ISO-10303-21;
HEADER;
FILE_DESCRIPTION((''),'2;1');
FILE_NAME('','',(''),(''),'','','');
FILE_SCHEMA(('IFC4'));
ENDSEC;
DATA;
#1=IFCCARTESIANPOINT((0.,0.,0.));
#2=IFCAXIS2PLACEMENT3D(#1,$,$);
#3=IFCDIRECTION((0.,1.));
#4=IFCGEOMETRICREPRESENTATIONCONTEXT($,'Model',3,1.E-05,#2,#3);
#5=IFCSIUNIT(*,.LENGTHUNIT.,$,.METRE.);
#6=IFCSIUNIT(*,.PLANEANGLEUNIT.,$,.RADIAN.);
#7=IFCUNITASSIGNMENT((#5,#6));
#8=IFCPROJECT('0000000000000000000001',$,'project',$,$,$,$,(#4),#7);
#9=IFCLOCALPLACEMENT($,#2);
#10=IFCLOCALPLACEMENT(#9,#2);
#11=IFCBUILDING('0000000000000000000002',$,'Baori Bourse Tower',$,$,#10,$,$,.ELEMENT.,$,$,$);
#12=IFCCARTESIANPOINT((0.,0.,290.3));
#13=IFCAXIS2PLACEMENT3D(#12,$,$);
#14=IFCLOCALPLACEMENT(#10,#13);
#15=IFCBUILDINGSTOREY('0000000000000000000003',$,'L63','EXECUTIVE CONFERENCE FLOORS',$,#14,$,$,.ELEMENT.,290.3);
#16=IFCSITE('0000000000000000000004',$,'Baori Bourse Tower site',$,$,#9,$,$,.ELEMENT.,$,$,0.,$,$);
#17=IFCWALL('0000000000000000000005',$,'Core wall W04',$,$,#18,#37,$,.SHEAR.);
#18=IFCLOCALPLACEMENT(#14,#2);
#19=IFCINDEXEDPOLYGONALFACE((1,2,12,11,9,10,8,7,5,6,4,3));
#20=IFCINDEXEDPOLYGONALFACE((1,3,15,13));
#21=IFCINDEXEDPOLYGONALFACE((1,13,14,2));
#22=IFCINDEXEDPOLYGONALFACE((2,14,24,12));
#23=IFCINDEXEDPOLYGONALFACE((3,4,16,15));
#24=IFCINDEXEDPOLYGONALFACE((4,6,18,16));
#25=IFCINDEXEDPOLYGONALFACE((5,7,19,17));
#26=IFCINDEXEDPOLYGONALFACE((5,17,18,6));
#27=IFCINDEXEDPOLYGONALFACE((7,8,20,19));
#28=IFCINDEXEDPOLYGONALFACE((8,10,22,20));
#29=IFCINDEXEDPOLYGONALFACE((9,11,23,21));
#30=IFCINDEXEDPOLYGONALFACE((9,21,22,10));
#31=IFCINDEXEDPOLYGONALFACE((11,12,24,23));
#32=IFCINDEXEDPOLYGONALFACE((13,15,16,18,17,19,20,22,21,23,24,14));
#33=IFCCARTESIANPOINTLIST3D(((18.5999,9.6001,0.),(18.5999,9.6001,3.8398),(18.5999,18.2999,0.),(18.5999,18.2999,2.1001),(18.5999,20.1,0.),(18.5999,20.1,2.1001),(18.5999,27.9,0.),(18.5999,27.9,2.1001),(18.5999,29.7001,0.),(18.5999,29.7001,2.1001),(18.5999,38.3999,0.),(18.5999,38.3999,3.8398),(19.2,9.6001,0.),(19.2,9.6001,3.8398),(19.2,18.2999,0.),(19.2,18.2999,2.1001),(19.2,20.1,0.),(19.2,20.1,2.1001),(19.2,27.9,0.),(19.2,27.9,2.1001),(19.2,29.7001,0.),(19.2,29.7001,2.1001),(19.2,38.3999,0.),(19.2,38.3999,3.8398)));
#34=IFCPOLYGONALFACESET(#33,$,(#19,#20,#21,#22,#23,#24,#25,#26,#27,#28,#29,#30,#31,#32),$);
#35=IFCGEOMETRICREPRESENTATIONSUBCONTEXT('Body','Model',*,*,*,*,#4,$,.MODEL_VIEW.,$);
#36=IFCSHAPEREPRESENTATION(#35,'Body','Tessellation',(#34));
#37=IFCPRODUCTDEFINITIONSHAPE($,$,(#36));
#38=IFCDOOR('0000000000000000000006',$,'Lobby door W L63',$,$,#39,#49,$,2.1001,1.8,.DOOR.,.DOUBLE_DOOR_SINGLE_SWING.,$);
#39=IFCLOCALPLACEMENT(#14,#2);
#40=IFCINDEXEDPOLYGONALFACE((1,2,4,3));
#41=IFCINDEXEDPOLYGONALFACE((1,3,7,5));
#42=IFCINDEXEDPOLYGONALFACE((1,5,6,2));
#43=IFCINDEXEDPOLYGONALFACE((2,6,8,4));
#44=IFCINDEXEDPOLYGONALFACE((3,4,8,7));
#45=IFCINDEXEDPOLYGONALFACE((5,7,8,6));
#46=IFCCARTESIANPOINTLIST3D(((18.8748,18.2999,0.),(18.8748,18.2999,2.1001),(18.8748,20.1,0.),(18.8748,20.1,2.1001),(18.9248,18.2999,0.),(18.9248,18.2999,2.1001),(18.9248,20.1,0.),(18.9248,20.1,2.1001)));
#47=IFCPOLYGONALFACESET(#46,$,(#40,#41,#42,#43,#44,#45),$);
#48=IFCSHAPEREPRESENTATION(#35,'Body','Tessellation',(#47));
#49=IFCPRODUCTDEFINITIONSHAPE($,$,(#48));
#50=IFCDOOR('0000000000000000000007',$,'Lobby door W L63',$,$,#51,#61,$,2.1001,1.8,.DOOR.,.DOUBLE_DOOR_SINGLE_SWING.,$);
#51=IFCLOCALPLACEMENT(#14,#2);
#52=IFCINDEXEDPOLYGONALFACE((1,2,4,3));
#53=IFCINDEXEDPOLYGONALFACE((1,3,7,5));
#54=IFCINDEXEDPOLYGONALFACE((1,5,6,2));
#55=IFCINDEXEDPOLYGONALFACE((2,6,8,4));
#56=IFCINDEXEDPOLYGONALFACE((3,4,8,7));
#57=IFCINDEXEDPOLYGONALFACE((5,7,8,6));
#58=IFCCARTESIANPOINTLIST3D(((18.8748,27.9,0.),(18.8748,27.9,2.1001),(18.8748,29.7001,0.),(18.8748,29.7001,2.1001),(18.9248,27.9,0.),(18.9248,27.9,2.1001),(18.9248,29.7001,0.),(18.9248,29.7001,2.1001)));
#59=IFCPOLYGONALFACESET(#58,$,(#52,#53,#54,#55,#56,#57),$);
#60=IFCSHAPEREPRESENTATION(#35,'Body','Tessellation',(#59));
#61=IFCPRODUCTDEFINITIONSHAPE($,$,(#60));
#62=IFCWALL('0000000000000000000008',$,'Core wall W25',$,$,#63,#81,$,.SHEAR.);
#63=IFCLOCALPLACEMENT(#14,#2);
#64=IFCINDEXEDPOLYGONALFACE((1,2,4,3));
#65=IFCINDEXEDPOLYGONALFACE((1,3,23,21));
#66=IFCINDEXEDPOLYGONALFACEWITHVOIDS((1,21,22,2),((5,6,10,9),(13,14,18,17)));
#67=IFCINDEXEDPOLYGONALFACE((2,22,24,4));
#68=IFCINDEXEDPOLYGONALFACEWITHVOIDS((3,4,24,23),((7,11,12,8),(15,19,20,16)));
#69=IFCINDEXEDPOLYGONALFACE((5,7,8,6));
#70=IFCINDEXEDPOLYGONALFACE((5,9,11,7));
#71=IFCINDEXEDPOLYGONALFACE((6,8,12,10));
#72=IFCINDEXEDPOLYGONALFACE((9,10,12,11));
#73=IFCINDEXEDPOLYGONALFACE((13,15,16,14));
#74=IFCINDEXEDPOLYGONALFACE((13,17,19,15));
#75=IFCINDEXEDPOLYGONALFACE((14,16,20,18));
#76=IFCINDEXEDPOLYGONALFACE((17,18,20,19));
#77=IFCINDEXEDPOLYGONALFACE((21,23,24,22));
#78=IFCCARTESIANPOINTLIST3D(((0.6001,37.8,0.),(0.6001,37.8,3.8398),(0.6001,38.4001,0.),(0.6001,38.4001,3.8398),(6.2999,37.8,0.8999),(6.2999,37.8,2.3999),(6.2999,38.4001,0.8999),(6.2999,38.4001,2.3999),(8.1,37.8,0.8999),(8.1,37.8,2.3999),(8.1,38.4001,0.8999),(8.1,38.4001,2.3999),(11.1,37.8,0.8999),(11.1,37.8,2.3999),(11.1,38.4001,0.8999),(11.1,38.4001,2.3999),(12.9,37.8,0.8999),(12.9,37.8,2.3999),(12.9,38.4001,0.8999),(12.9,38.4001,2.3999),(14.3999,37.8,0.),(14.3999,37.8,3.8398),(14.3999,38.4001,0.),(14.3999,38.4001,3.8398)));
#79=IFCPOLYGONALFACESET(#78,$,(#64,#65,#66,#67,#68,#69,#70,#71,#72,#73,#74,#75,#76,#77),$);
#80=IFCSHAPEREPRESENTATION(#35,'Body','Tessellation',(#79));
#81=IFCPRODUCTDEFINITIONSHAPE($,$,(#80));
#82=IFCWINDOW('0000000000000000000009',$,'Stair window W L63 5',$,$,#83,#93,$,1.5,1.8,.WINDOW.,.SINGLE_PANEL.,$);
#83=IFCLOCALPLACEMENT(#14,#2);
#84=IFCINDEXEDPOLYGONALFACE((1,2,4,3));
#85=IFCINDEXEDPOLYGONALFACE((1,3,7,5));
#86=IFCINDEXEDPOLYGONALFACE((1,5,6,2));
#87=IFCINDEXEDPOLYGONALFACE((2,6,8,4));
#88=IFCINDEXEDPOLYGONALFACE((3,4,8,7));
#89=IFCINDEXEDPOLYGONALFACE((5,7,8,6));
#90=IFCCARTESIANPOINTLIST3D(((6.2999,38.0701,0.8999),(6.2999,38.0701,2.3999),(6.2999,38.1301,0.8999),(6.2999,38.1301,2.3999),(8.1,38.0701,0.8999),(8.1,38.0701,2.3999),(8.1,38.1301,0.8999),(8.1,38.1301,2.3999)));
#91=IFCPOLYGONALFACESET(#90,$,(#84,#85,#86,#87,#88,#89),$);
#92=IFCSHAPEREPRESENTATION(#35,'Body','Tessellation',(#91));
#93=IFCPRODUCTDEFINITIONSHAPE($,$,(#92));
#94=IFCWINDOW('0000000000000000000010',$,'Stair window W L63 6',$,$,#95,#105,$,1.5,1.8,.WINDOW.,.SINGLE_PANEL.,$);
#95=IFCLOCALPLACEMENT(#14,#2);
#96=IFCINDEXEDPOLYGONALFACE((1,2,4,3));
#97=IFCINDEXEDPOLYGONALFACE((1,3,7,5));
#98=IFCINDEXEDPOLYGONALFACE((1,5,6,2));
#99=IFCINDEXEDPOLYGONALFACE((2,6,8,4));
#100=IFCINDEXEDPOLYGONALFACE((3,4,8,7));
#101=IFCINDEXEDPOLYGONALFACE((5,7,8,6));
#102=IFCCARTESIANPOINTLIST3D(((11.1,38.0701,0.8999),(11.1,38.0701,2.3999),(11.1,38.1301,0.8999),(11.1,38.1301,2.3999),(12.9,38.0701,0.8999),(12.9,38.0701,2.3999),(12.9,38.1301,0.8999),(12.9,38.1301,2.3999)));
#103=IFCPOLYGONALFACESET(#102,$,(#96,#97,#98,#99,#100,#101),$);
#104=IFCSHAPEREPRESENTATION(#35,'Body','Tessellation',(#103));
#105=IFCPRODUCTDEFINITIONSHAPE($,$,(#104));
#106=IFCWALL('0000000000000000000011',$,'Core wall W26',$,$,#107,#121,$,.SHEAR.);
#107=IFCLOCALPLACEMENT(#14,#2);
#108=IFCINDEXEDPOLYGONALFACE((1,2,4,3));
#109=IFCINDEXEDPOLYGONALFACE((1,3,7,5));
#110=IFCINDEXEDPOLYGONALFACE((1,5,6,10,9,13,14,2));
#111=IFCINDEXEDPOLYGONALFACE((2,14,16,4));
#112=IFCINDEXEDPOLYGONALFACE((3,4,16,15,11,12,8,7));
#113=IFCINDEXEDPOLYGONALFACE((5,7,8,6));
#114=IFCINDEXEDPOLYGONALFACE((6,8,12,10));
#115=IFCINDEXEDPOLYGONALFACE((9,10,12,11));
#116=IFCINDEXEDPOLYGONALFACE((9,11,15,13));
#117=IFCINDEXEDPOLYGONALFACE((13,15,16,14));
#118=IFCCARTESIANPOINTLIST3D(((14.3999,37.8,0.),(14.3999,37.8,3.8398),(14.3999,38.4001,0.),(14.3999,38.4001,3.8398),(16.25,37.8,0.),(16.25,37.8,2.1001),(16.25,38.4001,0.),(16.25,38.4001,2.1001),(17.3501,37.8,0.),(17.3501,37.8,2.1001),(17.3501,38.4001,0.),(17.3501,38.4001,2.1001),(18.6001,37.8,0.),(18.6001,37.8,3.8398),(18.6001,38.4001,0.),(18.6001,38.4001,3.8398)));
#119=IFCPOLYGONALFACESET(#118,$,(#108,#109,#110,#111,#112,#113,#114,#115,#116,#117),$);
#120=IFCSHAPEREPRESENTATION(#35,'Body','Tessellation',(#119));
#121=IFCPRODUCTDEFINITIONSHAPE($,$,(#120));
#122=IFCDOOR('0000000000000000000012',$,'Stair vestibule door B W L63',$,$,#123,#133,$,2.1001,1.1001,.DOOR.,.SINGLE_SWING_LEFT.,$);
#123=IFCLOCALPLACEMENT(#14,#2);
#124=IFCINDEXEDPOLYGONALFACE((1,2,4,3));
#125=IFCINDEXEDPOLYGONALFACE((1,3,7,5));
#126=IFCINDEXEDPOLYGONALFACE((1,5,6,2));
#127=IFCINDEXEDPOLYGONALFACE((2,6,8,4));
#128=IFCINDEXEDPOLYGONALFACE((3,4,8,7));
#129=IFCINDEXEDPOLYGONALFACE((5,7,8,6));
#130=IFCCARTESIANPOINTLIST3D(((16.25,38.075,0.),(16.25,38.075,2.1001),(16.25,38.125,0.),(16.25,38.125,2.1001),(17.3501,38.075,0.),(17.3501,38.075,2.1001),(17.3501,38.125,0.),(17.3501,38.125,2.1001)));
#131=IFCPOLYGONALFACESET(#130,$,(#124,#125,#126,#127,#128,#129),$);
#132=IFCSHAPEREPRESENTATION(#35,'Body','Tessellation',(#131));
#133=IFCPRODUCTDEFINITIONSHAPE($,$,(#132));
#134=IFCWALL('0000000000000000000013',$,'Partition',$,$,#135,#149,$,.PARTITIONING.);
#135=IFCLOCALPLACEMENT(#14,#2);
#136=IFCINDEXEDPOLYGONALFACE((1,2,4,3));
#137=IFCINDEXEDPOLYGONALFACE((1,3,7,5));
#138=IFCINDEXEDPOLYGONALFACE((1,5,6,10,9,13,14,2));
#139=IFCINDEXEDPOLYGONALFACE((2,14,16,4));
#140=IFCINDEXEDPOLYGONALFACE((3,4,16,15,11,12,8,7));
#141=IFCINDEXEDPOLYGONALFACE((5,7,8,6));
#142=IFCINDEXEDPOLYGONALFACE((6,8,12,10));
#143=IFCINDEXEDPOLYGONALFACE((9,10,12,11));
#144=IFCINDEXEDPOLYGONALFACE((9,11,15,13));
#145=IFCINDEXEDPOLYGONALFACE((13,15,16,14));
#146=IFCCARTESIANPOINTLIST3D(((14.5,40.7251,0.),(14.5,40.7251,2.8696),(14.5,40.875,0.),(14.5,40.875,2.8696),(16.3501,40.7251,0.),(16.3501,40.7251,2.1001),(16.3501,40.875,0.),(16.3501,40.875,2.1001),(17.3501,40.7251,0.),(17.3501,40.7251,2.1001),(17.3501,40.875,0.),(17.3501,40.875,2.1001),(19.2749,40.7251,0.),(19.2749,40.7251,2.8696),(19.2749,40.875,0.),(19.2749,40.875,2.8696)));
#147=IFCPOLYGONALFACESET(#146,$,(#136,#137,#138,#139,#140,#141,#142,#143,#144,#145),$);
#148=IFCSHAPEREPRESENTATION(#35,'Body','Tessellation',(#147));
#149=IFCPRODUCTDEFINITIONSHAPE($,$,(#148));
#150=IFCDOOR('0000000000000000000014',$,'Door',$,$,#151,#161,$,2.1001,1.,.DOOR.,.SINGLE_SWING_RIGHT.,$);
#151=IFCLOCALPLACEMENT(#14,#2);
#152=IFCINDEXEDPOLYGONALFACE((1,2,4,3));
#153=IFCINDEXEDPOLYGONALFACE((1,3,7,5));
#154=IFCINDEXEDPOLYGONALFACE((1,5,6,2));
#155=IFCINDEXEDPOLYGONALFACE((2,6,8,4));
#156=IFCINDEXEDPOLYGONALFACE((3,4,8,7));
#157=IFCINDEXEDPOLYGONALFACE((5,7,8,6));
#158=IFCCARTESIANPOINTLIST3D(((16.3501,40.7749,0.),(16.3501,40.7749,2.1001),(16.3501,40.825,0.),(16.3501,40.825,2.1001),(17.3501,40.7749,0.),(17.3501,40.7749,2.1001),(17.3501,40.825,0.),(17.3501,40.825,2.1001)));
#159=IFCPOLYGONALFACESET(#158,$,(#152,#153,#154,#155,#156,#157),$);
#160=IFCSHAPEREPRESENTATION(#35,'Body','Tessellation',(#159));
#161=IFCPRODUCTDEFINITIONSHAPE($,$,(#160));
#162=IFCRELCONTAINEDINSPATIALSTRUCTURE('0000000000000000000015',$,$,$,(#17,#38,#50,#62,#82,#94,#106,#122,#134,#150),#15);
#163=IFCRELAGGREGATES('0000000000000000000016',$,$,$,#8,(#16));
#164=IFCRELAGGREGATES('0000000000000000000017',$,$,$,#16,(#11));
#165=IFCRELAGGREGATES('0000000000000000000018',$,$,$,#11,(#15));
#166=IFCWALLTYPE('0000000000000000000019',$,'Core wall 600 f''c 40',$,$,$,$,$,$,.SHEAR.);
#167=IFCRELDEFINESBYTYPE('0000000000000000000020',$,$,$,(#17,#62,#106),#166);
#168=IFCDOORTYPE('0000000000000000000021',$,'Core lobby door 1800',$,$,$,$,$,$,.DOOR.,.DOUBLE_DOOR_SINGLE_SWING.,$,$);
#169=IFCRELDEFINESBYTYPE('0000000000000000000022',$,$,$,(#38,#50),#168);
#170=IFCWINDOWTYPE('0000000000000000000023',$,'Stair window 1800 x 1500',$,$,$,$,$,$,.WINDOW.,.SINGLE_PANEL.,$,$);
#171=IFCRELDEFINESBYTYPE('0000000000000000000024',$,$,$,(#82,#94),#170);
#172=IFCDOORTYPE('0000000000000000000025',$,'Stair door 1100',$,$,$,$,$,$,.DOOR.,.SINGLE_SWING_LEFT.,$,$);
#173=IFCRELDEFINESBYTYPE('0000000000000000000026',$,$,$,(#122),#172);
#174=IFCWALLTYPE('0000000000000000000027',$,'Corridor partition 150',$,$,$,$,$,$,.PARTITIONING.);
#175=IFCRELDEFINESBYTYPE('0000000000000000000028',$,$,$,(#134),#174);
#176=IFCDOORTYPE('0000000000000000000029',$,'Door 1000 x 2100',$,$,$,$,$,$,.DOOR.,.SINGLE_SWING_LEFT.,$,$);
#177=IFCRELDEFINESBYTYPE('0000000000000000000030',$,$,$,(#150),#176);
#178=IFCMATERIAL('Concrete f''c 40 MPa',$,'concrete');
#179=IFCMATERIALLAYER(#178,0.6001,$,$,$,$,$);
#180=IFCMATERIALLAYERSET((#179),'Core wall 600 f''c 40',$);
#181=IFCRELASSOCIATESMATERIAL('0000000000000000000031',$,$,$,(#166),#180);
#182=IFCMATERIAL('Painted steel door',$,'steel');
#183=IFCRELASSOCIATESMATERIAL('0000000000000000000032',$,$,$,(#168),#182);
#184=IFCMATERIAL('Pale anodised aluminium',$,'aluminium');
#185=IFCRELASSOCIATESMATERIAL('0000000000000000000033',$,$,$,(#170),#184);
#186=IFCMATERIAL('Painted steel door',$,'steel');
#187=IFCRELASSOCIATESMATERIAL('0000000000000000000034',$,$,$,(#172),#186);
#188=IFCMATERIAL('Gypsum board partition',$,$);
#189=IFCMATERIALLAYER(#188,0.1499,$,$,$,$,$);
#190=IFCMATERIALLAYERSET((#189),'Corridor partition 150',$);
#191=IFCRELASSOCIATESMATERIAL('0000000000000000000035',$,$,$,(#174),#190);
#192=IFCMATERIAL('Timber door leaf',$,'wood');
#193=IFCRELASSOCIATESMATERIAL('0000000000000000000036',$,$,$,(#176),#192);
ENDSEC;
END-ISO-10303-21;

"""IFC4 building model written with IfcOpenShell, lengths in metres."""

from ifc_helpers import new_model, si_unit, direction, frame, frame_2d, origin, place, context, subcontext, project, spatial, rectangle, extrude, material, layer, layer_set, type_object, element, fill, save


model = new_model("IFC4")

# Units and contexts
model_context = context("Model", 3, precision=1e-05, world=origin(), true_north=direction((0.0, 1.0)))
body_context = subcontext(model_context, "Body", "Model", "MODEL_VIEW")
ifc_project = project(units=[si_unit("LENGTHUNIT", "METRE"), si_unit("PLANEANGLEUNIT", "RADIAN")], contexts=[model_context])

# Site, building, storey
site_placement = place(None, origin())
site = spatial("IfcSite", under=ifc_project, at=site_placement, Name="Baori Bourse Tower site", CompositionType="ELEMENT", RefElevation=0.0)
building_placement = place(site_placement, origin())
building = spatial("IfcBuilding", under=site, at=building_placement, Name="Baori Bourse Tower", CompositionType="ELEMENT")
storey_placement = place(building_placement, frame((0.0, 0.0, 290.3)))
storey = spatial("IfcBuildingStorey", under=building, at=storey_placement, Name="L63", Description="EXECUTIVE CONFERENCE FLOORS", CompositionType="ELEMENT", Elevation=290.3)

# Wall, openings, doors
ifc_material_1 = material(Name="Concrete f'c 40 MPa", Category="concrete")
ifc_layer_1 = layer(ifc_material_1, 0.6001)
ifc_layer_set_1 = layer_set([ifc_layer_1], Name="Core wall 600 f'c 40")
wall_type_1 = type_object("IfcWallType", Name="Core wall 600 f'c 40", PredefinedType="SHEAR", material=ifc_layer_set_1)
wall_1_placement = place(storey_placement, frame((18.8999, 38.3999, 0.0), z_axis=(0.0, 0.0, 1.0), x_axis=(0.0, -1.0, 0.0)))
wall_1 = element("IfcWall", 1, at=wall_1_placement, inside=storey, type_object=wall_type_1, Name="Core wall W04", PredefinedType="SHEAR", context=body_context, shape_type="SweptSolid", body=[
    extrude(rectangle(XDim=28.7998, YDim=0.6001, at=frame_2d((14.3999, 0.0))), origin(), (0.0, 0.0, 1.0), 3.8398),
])
opening_1_placement = place(wall_1_placement, frame((18.3, 0.0, 0.0)))
opening_1 = element("IfcOpeningElement", 2, at=opening_1_placement, cuts=wall_1, PredefinedType="OPENING", context=body_context, shape_type="SweptSolid", body=[
    extrude(rectangle(XDim=1.8, YDim=2.1001, at=frame_2d((0.8999, 1.05))), frame((0.0, 0.3101, 0.0), z_axis=(0.0, -1.0, 0.0), x_axis=(1.0, 0.0, 0.0)), (0.0, 0.0, 1.0), 0.6201),
])
opening_2_placement = place(wall_1_placement, frame((8.7, 0.0, 0.0)))
opening_2 = element("IfcOpeningElement", 3, at=opening_2_placement, cuts=wall_1, PredefinedType="OPENING", context=body_context, shape_type="SweptSolid", body=[
    extrude(rectangle(XDim=1.8, YDim=2.1001, at=frame_2d((0.8999, 1.05))), frame((0.0, 0.3101, 0.0), z_axis=(0.0, -1.0, 0.0), x_axis=(1.0, 0.0, 0.0)), (0.0, 0.0, 1.0), 0.6201),
])
ifc_material_2 = material(Name="Painted steel door", Category="steel")
door_type_1 = type_object("IfcDoorType", Name="Core lobby door 1800", OperationType="DOUBLE_DOOR_SINGLE_SWING", PredefinedType="DOOR", material=ifc_material_2)
door_1_placement = place(opening_1_placement, origin())
door_1 = element("IfcDoor", 4, at=door_1_placement, inside=storey, type_object=door_type_1, Name="Lobby door W L63", OperationType="DOUBLE_DOOR_SINGLE_SWING", OverallHeight=2.1001, OverallWidth=1.8, PredefinedType="DOOR", context=body_context, shape_type="SweptSolid", body=[
    extrude(rectangle(XDim=1.8, YDim=2.1001, at=frame_2d((0.8999, 1.05))), frame((0.0, 0.0249, 0.0), z_axis=(0.0, -1.0, 0.0), x_axis=(1.0, 0.0, 0.0)), (0.0, 0.0, 1.0), 0.05),
])
fill(opening_1, door_1)
door_2_placement = place(opening_2_placement, origin())
door_2 = element("IfcDoor", 5, at=door_2_placement, inside=storey, type_object=door_type_1, Name="Lobby door W L63", OperationType="DOUBLE_DOOR_SINGLE_SWING", OverallHeight=2.1001, OverallWidth=1.8, PredefinedType="DOOR", context=body_context, shape_type="SweptSolid", body=[
    extrude(rectangle(XDim=1.8, YDim=2.1001, at=frame_2d((0.8999, 1.05))), frame((0.0, 0.0249, 0.0), z_axis=(0.0, -1.0, 0.0), x_axis=(1.0, 0.0, 0.0)), (0.0, 0.0, 1.0), 0.05),
])
fill(opening_2, door_2)

# Wall, openings, windows
wall_2_placement = place(storey_placement, frame((0.6001, 38.1001, 0.0), z_axis=(0.0, 0.0, 1.0), x_axis=(1.0, 0.0, 0.0)))
wall_2 = element("IfcWall", 6, at=wall_2_placement, inside=storey, type_object=wall_type_1, Name="Core wall W25", PredefinedType="SHEAR", context=body_context, shape_type="SweptSolid", body=[
    extrude(rectangle(XDim=13.7998, YDim=0.6001, at=frame_2d((6.8999, 0.0))), origin(), (0.0, 0.0, 1.0), 3.8398),
])
opening_3_placement = place(wall_2_placement, frame((5.7, 0.0, 0.8999)))
opening_3 = element("IfcOpeningElement", 7, at=opening_3_placement, cuts=wall_2, PredefinedType="OPENING", context=body_context, shape_type="SweptSolid", body=[
    extrude(rectangle(XDim=1.8, YDim=1.5, at=frame_2d((0.8999, 0.75))), frame((0.0, 0.3101, 0.0), z_axis=(0.0, -1.0, 0.0), x_axis=(1.0, 0.0, 0.0)), (0.0, 0.0, 1.0), 0.6201),
])
opening_4_placement = place(wall_2_placement, frame((10.5, 0.0, 0.8999)))
opening_4 = element("IfcOpeningElement", 8, at=opening_4_placement, cuts=wall_2, PredefinedType="OPENING", context=body_context, shape_type="SweptSolid", body=[
    extrude(rectangle(XDim=1.8, YDim=1.5, at=frame_2d((0.8999, 0.75))), frame((0.0, 0.3101, 0.0), z_axis=(0.0, -1.0, 0.0), x_axis=(1.0, 0.0, 0.0)), (0.0, 0.0, 1.0), 0.6201),
])
ifc_material_3 = material(Name="Pale anodised aluminium", Category="aluminium")
window_type = type_object("IfcWindowType", Name="Stair window 1800 x 1500", PartitioningType="SINGLE_PANEL", PredefinedType="WINDOW", material=ifc_material_3)
window_1_placement = place(opening_3_placement, origin())
window_1 = element("IfcWindow", 9, at=window_1_placement, inside=storey, type_object=window_type, Name="Stair window W L63 5", OverallHeight=1.5, OverallWidth=1.8, PartitioningType="SINGLE_PANEL", PredefinedType="WINDOW", context=body_context, shape_type="SweptSolid", body=[
    extrude(rectangle(XDim=1.8, YDim=1.5, at=frame_2d((0.8999, 0.75))), frame((0.0, 0.03, 0.0), z_axis=(0.0, -1.0, 0.0), x_axis=(1.0, 0.0, 0.0)), (0.0, 0.0, 1.0), 0.0601),
])
fill(opening_3, window_1)
window_2_placement = place(opening_4_placement, origin())
window_2 = element("IfcWindow", 10, at=window_2_placement, inside=storey, type_object=window_type, Name="Stair window W L63 6", OverallHeight=1.5, OverallWidth=1.8, PartitioningType="SINGLE_PANEL", PredefinedType="WINDOW", context=body_context, shape_type="SweptSolid", body=[
    extrude(rectangle(XDim=1.8, YDim=1.5, at=frame_2d((0.8999, 0.75))), frame((0.0, 0.03, 0.0), z_axis=(0.0, -1.0, 0.0), x_axis=(1.0, 0.0, 0.0)), (0.0, 0.0, 1.0), 0.0601),
])
fill(opening_4, window_2)

# Walls, openings, doors
wall_3_placement = place(storey_placement, frame((14.3999, 38.1001, 0.0), z_axis=(0.0, 0.0, 1.0), x_axis=(1.0, 0.0, 0.0)))
wall_3 = element("IfcWall", 11, at=wall_3_placement, inside=storey, type_object=wall_type_1, Name="Core wall W26", PredefinedType="SHEAR", context=body_context, shape_type="SweptSolid", body=[
    extrude(rectangle(XDim=4.2002, YDim=0.6001, at=frame_2d((2.1001, 0.0))), origin(), (0.0, 0.0, 1.0), 3.8398),
])
opening_5_placement = place(wall_3_placement, frame((1.8501, 0.0, 0.0)))
opening_5 = element("IfcOpeningElement", 12, at=opening_5_placement, cuts=wall_3, PredefinedType="OPENING", context=body_context, shape_type="SweptSolid", body=[
    extrude(rectangle(XDim=1.1001, YDim=2.1001, at=frame_2d((0.55, 1.05))), frame((0.0, 0.3101, 0.0), z_axis=(0.0, -1.0, 0.0), x_axis=(1.0, 0.0, 0.0)), (0.0, 0.0, 1.0), 0.6201),
])
ifc_material_4 = material(Name="Painted steel door", Category="steel")
door_type_2 = type_object("IfcDoorType", Name="Stair door 1100", OperationType="SINGLE_SWING_LEFT", PredefinedType="DOOR", material=ifc_material_4)
door_3_placement = place(opening_5_placement, origin())
door_3 = element("IfcDoor", 13, at=door_3_placement, inside=storey, type_object=door_type_2, Name="Stair vestibule door B W L63", OperationType="SINGLE_SWING_LEFT", OverallHeight=2.1001, OverallWidth=1.1001, PredefinedType="DOOR", context=body_context, shape_type="SweptSolid", body=[
    extrude(rectangle(XDim=1.1001, YDim=2.1001, at=frame_2d((0.55, 1.05))), frame((0.0, 0.0249, 0.0), z_axis=(0.0, -1.0, 0.0), x_axis=(1.0, 0.0, 0.0)), (0.0, 0.0, 1.0), 0.05),
])
fill(opening_5, door_3)
ifc_material_5 = material(Name="Gypsum board partition")
ifc_layer_2 = layer(ifc_material_5, 0.1499)
ifc_layer_set_2 = layer_set([ifc_layer_2], Name="Corridor partition 150")
wall_type_2 = type_object("IfcWallType", Name="Corridor partition 150", PredefinedType="PARTITIONING", material=ifc_layer_set_2)
wall_4_placement = place(storey_placement, frame((14.5, 40.8, 0.0), z_axis=(0.0, 0.0, 1.0), x_axis=(1.0, 0.0, 0.0)))
wall_4 = element("IfcWall", 14, at=wall_4_placement, inside=storey, type_object=wall_type_2, Name="Partition", PredefinedType="PARTITIONING", context=body_context, shape_type="SweptSolid", body=[
    extrude(rectangle(XDim=4.7749, YDim=0.1499, at=frame_2d((2.3875, 0.0))), origin(), (0.0, 0.0, 1.0), 2.8696),
])
opening_6_placement = place(wall_4_placement, frame((1.8501, 0.0, 0.0)))
opening_6 = element("IfcOpeningElement", 15, at=opening_6_placement, cuts=wall_4, PredefinedType="OPENING", context=body_context, shape_type="SweptSolid", body=[
    extrude(rectangle(XDim=1.0, YDim=2.1001, at=frame_2d((0.5, 1.05))), frame((0.0, 0.085, 0.0), z_axis=(0.0, -1.0, 0.0), x_axis=(1.0, 0.0, 0.0)), (0.0, 0.0, 1.0), 0.1699),
])
ifc_material_6 = material(Name="Timber door leaf", Category="wood")
door_type_3 = type_object("IfcDoorType", Name="Door 1000 x 2100", OperationType="SINGLE_SWING_LEFT", PredefinedType="DOOR", material=ifc_material_6)
door_4_placement = place(opening_6_placement, origin())
door_4 = element("IfcDoor", 16, at=door_4_placement, inside=storey, type_object=door_type_3, Name="Door", OperationType="SINGLE_SWING_RIGHT", OverallHeight=2.1001, OverallWidth=1.0, PredefinedType="DOOR", context=body_context, shape_type="SweptSolid", body=[
    extrude(rectangle(XDim=1.0, YDim=2.1001, at=frame_2d((0.5, 1.05))), frame((0.0, 0.0249, 0.0), z_axis=(0.0, -1.0, 0.0), x_axis=(1.0, 0.0, 0.0)), (0.0, 0.0, 1.0), 0.05),
])
fill(opening_6, door_4)

save(model, "model.ifc")
